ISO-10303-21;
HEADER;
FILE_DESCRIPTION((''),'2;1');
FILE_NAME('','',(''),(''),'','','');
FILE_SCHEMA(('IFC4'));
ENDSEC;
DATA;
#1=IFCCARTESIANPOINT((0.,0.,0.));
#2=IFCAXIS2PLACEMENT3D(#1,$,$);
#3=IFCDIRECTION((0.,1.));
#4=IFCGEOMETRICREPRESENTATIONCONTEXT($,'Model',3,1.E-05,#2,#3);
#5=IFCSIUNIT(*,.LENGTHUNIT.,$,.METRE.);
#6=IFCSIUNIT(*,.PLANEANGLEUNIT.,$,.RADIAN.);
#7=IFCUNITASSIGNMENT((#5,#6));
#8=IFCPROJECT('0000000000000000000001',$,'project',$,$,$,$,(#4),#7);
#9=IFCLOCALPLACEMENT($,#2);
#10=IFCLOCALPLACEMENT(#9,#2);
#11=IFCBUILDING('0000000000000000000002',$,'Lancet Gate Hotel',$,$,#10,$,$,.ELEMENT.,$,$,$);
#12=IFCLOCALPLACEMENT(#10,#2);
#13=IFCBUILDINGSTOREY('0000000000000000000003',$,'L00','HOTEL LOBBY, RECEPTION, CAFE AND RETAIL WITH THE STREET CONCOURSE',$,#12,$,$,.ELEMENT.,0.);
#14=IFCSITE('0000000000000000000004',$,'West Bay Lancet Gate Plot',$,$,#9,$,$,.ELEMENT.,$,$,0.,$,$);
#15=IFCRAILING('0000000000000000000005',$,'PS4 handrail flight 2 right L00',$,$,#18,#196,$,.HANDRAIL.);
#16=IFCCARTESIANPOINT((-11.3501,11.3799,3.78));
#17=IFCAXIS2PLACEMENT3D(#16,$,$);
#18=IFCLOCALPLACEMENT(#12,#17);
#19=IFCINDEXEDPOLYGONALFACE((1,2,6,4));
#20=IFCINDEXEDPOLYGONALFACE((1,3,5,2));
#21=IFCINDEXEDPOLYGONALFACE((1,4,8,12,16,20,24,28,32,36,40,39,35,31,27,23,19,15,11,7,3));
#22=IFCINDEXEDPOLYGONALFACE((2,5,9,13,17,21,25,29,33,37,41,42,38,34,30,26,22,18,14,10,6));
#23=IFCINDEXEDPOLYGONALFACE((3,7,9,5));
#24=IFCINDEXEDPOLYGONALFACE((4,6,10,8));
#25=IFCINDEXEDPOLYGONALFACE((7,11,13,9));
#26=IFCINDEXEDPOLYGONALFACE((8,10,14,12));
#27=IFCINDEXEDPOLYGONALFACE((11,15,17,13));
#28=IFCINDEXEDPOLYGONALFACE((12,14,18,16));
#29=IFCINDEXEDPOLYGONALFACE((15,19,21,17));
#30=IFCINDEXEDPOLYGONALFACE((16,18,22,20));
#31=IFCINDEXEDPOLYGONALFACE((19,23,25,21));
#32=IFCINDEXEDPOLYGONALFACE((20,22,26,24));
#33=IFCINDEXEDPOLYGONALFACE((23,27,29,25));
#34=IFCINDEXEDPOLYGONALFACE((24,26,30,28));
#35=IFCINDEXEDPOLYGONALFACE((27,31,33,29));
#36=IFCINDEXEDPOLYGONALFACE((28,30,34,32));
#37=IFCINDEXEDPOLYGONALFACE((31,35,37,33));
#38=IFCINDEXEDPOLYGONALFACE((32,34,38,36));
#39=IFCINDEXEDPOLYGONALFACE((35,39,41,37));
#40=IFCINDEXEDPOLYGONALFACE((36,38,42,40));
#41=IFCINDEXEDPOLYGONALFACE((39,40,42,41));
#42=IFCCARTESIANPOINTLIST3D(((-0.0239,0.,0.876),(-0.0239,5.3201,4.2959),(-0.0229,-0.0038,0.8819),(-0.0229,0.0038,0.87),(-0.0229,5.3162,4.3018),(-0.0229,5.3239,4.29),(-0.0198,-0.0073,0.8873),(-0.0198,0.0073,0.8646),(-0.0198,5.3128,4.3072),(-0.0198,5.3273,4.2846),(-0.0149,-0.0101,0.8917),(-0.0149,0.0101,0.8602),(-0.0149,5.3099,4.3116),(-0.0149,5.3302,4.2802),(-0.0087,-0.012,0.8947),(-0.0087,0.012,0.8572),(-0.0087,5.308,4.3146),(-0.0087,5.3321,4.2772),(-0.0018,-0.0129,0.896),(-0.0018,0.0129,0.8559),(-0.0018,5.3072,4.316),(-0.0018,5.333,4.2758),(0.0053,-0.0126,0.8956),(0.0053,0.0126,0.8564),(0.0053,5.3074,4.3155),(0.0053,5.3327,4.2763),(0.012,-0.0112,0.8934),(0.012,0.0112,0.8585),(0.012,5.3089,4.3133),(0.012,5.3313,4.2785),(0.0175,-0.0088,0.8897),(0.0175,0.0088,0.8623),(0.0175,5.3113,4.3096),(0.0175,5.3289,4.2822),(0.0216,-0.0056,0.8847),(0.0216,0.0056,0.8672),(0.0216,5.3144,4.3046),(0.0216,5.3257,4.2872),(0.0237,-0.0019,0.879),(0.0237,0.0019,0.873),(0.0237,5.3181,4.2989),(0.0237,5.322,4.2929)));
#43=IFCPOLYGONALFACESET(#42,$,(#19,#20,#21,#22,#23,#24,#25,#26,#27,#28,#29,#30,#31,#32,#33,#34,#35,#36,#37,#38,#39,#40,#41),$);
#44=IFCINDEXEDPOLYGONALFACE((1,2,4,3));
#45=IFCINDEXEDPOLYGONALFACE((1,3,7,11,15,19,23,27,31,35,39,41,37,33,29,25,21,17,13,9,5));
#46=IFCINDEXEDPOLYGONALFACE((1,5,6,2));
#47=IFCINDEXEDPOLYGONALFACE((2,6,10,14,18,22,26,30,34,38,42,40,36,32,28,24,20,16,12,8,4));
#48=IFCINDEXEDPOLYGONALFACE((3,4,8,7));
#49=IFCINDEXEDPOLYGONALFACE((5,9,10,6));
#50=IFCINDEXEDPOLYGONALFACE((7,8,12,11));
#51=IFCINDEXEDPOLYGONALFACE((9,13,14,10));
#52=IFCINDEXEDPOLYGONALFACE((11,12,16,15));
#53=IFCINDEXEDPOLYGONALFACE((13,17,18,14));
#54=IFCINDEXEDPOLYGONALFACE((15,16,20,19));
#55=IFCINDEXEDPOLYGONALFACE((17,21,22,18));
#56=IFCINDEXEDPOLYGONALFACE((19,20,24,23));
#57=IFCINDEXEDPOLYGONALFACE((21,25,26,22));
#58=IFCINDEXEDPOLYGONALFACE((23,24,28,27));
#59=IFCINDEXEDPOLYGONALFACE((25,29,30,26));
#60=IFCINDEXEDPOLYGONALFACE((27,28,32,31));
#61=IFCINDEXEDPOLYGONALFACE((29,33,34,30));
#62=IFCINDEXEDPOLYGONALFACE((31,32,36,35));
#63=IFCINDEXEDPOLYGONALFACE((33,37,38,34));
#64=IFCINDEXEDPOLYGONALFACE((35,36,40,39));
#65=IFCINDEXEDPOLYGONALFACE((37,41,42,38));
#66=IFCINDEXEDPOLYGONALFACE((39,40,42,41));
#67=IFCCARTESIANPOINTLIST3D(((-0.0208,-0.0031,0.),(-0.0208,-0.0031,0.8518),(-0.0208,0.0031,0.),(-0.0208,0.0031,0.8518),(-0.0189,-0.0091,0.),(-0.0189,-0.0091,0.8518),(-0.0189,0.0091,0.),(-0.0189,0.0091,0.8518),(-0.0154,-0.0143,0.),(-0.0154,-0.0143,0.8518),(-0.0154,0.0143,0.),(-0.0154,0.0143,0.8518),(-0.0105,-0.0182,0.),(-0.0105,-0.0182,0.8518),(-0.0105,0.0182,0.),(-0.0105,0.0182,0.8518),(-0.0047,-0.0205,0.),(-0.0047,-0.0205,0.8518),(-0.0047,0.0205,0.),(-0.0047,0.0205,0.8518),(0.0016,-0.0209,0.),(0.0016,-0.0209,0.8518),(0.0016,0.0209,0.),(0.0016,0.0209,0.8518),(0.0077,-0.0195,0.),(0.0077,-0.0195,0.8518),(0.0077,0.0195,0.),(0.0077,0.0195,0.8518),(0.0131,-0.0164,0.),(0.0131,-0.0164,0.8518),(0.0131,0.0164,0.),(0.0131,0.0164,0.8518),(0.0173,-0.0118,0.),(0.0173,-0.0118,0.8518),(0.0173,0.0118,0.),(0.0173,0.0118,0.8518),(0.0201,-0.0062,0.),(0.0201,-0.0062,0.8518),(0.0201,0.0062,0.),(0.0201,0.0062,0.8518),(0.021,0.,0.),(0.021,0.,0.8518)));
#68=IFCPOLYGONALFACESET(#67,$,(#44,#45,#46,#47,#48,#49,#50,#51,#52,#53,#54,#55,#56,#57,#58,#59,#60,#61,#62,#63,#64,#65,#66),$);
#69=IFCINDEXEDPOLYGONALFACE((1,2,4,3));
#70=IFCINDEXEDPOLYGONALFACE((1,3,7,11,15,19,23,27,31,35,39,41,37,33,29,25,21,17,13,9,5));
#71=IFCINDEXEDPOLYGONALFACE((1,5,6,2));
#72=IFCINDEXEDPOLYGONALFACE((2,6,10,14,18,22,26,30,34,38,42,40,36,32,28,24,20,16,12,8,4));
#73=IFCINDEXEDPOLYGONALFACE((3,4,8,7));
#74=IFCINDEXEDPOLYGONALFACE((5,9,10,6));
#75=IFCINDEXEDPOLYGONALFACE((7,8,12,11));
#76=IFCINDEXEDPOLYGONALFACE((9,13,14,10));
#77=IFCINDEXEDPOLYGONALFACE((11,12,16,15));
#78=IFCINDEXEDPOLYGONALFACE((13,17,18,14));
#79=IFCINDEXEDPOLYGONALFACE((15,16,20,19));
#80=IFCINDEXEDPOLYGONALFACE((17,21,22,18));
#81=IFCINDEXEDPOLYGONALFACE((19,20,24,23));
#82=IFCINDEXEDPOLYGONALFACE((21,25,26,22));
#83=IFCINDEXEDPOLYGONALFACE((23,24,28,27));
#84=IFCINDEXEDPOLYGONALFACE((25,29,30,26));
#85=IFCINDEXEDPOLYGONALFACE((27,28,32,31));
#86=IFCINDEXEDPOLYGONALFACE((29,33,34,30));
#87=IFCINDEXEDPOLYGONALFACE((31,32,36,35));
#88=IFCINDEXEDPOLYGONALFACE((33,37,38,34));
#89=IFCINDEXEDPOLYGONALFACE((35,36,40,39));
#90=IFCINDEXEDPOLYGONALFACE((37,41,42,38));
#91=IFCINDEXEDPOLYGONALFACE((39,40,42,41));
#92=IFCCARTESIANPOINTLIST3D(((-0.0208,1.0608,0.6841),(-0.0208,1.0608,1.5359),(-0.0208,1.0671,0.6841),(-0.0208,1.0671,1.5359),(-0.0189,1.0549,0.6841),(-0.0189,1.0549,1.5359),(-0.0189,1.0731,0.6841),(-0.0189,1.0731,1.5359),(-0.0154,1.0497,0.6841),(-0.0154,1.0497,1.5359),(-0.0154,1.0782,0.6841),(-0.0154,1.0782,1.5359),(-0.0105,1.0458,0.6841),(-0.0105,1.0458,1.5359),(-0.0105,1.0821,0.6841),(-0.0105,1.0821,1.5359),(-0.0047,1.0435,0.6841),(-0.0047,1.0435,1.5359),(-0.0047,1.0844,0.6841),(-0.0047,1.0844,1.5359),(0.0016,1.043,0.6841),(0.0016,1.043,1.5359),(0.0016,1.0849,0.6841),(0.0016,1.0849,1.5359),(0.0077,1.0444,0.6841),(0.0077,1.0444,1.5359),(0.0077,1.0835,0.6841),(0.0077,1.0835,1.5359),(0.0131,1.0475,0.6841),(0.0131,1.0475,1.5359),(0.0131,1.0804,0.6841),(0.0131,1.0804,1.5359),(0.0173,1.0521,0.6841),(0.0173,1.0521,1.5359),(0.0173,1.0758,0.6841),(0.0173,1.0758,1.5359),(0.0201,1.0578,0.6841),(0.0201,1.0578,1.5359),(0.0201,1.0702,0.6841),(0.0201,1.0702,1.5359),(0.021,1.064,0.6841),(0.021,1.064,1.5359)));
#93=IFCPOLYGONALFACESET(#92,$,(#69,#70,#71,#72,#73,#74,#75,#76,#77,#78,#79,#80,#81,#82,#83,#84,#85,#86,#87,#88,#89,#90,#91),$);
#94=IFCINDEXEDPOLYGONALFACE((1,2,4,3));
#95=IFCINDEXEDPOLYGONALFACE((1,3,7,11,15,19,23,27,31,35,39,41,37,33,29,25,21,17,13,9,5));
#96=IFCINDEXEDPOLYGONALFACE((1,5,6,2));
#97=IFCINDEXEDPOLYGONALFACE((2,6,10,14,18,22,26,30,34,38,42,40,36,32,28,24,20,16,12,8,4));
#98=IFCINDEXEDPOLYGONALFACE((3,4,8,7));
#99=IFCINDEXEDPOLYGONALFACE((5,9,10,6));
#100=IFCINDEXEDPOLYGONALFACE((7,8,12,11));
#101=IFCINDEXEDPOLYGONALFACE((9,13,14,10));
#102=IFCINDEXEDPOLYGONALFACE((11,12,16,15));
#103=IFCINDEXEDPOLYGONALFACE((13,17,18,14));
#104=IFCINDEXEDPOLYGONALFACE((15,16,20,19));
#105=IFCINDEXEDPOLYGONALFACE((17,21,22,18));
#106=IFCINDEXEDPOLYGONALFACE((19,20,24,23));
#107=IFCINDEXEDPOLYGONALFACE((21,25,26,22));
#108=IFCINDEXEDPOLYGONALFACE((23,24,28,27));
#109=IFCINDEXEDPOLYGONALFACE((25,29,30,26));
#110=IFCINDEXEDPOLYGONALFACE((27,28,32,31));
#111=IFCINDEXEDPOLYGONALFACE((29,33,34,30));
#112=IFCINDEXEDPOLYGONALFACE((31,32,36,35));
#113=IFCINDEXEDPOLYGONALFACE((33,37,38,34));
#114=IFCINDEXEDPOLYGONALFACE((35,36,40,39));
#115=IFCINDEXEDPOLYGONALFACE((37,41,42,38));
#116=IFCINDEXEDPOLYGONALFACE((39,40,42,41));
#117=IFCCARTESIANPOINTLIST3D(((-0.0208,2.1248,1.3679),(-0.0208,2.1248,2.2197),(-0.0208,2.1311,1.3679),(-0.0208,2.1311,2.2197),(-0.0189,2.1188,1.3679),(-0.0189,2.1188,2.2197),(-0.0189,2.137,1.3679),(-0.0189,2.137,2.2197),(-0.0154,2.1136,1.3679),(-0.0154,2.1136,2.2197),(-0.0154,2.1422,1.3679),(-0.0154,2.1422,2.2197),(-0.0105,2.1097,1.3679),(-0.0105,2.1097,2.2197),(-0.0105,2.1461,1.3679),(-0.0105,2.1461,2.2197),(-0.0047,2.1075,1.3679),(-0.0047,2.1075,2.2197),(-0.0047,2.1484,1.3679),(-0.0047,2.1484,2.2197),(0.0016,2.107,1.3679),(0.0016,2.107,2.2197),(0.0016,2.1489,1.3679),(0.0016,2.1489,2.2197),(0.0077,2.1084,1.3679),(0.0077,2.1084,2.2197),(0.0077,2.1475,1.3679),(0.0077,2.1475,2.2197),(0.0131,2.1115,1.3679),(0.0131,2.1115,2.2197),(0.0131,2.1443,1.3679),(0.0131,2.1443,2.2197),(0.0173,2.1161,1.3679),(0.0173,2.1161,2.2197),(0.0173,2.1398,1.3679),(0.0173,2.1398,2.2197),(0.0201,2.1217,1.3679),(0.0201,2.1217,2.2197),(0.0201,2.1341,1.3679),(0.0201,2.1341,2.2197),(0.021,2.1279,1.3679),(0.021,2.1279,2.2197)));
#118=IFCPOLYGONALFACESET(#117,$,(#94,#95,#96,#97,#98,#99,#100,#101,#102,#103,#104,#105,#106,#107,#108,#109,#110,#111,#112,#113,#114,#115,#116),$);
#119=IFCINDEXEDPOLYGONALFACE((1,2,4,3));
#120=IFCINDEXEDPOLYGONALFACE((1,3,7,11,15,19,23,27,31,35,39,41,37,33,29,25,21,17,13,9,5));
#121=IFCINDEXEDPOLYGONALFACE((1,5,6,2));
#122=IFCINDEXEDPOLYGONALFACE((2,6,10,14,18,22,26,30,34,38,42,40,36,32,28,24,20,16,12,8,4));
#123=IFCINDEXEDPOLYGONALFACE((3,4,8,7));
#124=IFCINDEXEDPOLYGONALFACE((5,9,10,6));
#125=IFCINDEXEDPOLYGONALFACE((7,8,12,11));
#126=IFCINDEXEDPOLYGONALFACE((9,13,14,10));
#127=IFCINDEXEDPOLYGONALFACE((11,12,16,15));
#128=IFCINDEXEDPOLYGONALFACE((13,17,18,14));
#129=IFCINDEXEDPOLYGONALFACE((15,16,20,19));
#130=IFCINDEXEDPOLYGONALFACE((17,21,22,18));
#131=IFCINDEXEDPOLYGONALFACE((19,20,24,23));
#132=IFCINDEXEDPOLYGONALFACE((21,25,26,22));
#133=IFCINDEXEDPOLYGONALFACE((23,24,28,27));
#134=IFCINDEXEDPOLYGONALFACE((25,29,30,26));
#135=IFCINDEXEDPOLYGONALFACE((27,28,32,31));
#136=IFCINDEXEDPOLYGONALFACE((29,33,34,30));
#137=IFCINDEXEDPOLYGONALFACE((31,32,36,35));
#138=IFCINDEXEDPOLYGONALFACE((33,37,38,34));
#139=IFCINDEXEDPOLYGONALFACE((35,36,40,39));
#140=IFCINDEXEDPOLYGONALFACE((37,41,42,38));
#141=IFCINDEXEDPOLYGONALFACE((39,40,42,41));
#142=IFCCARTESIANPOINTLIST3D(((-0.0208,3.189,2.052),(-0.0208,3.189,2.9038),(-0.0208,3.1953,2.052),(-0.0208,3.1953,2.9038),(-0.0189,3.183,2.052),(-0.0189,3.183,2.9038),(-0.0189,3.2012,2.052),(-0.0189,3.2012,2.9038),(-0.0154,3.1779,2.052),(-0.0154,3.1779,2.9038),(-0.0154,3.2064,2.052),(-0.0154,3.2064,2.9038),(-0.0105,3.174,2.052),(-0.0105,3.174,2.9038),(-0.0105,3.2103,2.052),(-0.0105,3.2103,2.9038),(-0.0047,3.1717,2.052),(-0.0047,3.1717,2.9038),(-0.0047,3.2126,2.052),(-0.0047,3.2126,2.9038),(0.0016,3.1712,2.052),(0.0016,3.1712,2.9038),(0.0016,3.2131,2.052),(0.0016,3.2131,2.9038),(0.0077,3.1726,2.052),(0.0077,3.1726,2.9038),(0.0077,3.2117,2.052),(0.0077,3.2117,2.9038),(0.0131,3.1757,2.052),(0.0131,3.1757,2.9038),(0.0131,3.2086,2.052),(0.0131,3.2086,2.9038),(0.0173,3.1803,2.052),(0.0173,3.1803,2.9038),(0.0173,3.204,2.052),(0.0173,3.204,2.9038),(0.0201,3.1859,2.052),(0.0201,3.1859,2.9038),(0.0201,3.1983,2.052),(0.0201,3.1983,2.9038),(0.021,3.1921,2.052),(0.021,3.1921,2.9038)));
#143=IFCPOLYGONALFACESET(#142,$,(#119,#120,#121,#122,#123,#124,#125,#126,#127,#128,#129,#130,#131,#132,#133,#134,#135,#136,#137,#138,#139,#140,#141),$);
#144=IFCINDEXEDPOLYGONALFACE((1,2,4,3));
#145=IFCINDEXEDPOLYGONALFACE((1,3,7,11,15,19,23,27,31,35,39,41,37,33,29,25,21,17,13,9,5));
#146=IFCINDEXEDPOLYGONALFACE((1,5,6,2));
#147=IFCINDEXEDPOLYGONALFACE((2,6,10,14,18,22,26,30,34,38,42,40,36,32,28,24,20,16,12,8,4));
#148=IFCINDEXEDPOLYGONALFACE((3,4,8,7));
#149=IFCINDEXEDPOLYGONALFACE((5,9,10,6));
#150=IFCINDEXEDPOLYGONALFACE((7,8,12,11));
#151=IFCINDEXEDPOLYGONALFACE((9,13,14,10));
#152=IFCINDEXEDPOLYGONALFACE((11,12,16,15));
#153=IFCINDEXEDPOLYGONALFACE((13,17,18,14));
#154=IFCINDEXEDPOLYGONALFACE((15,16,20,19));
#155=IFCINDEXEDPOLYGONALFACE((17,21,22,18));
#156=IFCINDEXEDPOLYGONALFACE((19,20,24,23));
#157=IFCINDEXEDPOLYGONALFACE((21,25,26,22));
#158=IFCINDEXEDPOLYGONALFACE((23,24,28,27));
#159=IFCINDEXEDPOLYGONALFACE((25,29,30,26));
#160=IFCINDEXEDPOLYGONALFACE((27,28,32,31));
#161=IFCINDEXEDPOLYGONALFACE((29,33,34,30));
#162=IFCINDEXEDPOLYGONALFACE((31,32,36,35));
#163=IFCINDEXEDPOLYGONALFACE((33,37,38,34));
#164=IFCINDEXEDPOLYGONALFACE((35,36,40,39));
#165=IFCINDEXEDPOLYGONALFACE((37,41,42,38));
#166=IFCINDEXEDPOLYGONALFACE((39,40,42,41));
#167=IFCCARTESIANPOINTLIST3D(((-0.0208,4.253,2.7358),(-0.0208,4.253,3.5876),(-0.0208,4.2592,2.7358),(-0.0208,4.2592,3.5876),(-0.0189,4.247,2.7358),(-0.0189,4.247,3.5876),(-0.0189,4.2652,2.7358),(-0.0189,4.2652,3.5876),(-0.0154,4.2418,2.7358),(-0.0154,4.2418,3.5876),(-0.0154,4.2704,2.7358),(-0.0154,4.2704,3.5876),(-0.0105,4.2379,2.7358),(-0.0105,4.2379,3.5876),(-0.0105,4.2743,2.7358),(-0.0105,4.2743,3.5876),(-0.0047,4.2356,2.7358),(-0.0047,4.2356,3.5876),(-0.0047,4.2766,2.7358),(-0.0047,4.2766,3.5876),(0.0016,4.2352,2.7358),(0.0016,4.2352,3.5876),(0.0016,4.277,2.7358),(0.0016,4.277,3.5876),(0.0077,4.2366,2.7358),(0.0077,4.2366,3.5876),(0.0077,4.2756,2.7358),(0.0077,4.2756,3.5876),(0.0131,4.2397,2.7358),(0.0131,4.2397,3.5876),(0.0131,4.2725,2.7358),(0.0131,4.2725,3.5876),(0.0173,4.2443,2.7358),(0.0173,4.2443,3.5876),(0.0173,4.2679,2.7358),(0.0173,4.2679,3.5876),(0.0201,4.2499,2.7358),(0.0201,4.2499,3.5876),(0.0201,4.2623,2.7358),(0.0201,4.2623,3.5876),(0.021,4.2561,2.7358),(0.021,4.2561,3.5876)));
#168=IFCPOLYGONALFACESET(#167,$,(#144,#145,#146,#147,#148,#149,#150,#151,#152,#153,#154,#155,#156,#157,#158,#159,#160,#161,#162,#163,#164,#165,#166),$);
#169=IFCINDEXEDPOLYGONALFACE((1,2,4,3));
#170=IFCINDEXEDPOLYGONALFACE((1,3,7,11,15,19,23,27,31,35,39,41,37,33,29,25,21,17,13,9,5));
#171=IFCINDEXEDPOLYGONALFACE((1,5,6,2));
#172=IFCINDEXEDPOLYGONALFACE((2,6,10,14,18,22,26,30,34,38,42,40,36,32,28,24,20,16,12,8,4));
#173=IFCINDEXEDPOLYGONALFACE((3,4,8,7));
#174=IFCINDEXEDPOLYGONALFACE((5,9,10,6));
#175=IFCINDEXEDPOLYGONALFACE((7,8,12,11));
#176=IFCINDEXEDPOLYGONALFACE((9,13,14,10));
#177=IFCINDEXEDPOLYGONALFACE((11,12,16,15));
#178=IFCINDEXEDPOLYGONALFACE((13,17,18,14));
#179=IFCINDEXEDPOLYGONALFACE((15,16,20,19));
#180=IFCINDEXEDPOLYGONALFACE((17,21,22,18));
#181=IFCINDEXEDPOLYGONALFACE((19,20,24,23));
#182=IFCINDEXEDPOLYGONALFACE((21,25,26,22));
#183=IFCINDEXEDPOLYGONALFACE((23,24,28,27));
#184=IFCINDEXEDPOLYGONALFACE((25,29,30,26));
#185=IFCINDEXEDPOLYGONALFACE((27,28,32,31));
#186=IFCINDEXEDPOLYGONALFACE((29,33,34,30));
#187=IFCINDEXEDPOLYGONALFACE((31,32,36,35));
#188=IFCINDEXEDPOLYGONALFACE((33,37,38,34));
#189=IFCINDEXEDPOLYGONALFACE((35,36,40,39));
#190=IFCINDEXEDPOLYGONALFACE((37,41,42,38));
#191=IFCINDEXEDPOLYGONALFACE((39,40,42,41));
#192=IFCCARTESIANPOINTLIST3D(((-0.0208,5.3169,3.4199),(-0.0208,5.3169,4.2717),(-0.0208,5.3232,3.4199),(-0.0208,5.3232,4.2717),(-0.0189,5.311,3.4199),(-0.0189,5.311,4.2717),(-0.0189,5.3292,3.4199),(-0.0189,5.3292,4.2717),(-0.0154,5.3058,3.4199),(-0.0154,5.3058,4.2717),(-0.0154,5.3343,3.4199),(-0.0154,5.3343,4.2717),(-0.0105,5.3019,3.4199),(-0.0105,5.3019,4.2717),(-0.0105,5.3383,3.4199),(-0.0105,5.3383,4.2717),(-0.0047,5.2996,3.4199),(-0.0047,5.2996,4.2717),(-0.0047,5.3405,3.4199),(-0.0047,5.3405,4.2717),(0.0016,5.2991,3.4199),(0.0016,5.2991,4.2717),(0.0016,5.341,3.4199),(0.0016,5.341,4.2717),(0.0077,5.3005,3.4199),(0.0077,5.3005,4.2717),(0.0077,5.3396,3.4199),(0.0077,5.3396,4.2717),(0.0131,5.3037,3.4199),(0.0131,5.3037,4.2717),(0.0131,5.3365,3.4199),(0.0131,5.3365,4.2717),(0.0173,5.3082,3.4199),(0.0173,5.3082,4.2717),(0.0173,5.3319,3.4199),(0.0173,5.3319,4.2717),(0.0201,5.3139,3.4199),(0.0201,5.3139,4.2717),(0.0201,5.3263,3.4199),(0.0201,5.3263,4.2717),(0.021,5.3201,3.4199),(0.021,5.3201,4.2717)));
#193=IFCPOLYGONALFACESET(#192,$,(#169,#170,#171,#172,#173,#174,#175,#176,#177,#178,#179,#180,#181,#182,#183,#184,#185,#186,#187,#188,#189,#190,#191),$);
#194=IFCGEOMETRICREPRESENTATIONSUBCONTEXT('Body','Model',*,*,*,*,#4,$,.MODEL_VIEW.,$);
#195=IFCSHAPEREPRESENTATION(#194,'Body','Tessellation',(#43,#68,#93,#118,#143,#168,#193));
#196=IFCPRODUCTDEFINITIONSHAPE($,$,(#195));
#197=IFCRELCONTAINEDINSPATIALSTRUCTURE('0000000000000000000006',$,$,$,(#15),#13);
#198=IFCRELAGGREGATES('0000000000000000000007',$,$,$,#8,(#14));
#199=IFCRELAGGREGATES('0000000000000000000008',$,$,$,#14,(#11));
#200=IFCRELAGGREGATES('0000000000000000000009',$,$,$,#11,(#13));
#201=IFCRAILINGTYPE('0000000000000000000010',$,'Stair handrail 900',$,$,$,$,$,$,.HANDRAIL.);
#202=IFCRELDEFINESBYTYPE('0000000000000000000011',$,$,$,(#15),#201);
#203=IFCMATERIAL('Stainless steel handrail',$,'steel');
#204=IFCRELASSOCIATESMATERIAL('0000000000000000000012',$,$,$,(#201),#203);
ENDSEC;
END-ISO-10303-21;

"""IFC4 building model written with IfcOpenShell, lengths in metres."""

from ifc_helpers import new_model, si_unit, direction, frame, origin, origin_2d, place, context, subcontext, project, spatial, circle, extrude, material, type_object, element, save


model = new_model("IFC4")

# Units and contexts
model_context = context("Model", 3, precision=1e-05, world=origin(), true_north=direction((0.0, 1.0)))
body_context = subcontext(model_context, "Body", "Model", "MODEL_VIEW")
ifc_project = project(units=[si_unit("LENGTHUNIT", "METRE"), si_unit("PLANEANGLEUNIT", "RADIAN")], contexts=[model_context])

# Site, building, storey
site_placement = place(None, origin())
site = spatial("IfcSite", under=ifc_project, at=site_placement, Name="West Bay Lancet Gate Plot", CompositionType="ELEMENT", RefElevation=0.0)
building_placement = place(site_placement, origin())
building = spatial("IfcBuilding", under=site, at=building_placement, Name="Lancet Gate Hotel", CompositionType="ELEMENT")
storey_placement = place(building_placement, origin())
storey = spatial("IfcBuildingStorey", under=building, at=storey_placement, Name="L00", Description="HOTEL LOBBY, RECEPTION, CAFE AND RETAIL WITH THE STREET CONCOURSE", CompositionType="ELEMENT", Elevation=0.0)

# Railing
ifc_material_1 = material(Name="Stainless steel handrail", Category="steel")
railing_type_1 = type_object("IfcRailingType", Name="Stair handrail 900", PredefinedType="HANDRAIL", material=ifc_material_1)
for number, where, name in (
    (1, (-11.3501, 11.3799, 3.78), "PS4 handrail flight 2 right L00"),
):
    element("IfcRailing", number, at=place(storey_placement, frame(where)), inside=storey, type_object=railing_type_1, Name=name, PredefinedType="HANDRAIL", context=body_context, shape_type="SweptSolid", body=[
        extrude(circle(Radius=0.0239, at=origin_2d()), frame((0.0, 0.0, 0.876), z_axis=(0.0, 0.841187, 0.540744), x_axis=(-1.0, 0.0, 0.0)), (0.0, 0.0, 1.0), 6.3245),
        extrude(circle(Radius=0.021, at=origin_2d()), origin(), (0.0, 0.0, 1.0), 0.8518),
        extrude(circle(Radius=0.021, at=origin_2d()), frame((0.0, 1.064, 0.6841)), (0.0, 0.0, 1.0), 0.8518),
        extrude(circle(Radius=0.021, at=origin_2d()), frame((0.0, 2.1279, 1.3679)), (0.0, 0.0, 1.0), 0.8518),
        extrude(circle(Radius=0.021, at=origin_2d()), frame((0.0, 3.1921, 2.052)), (0.0, 0.0, 1.0), 0.8518),
        extrude(circle(Radius=0.021, at=origin_2d()), frame((0.0, 4.2561, 2.7358)), (0.0, 0.0, 1.0), 0.8518),
        extrude(circle(Radius=0.021, at=origin_2d()), frame((0.0, 5.3201, 3.4199)), (0.0, 0.0, 1.0), 0.8518),
    ])

save(model, "model.ifc")
